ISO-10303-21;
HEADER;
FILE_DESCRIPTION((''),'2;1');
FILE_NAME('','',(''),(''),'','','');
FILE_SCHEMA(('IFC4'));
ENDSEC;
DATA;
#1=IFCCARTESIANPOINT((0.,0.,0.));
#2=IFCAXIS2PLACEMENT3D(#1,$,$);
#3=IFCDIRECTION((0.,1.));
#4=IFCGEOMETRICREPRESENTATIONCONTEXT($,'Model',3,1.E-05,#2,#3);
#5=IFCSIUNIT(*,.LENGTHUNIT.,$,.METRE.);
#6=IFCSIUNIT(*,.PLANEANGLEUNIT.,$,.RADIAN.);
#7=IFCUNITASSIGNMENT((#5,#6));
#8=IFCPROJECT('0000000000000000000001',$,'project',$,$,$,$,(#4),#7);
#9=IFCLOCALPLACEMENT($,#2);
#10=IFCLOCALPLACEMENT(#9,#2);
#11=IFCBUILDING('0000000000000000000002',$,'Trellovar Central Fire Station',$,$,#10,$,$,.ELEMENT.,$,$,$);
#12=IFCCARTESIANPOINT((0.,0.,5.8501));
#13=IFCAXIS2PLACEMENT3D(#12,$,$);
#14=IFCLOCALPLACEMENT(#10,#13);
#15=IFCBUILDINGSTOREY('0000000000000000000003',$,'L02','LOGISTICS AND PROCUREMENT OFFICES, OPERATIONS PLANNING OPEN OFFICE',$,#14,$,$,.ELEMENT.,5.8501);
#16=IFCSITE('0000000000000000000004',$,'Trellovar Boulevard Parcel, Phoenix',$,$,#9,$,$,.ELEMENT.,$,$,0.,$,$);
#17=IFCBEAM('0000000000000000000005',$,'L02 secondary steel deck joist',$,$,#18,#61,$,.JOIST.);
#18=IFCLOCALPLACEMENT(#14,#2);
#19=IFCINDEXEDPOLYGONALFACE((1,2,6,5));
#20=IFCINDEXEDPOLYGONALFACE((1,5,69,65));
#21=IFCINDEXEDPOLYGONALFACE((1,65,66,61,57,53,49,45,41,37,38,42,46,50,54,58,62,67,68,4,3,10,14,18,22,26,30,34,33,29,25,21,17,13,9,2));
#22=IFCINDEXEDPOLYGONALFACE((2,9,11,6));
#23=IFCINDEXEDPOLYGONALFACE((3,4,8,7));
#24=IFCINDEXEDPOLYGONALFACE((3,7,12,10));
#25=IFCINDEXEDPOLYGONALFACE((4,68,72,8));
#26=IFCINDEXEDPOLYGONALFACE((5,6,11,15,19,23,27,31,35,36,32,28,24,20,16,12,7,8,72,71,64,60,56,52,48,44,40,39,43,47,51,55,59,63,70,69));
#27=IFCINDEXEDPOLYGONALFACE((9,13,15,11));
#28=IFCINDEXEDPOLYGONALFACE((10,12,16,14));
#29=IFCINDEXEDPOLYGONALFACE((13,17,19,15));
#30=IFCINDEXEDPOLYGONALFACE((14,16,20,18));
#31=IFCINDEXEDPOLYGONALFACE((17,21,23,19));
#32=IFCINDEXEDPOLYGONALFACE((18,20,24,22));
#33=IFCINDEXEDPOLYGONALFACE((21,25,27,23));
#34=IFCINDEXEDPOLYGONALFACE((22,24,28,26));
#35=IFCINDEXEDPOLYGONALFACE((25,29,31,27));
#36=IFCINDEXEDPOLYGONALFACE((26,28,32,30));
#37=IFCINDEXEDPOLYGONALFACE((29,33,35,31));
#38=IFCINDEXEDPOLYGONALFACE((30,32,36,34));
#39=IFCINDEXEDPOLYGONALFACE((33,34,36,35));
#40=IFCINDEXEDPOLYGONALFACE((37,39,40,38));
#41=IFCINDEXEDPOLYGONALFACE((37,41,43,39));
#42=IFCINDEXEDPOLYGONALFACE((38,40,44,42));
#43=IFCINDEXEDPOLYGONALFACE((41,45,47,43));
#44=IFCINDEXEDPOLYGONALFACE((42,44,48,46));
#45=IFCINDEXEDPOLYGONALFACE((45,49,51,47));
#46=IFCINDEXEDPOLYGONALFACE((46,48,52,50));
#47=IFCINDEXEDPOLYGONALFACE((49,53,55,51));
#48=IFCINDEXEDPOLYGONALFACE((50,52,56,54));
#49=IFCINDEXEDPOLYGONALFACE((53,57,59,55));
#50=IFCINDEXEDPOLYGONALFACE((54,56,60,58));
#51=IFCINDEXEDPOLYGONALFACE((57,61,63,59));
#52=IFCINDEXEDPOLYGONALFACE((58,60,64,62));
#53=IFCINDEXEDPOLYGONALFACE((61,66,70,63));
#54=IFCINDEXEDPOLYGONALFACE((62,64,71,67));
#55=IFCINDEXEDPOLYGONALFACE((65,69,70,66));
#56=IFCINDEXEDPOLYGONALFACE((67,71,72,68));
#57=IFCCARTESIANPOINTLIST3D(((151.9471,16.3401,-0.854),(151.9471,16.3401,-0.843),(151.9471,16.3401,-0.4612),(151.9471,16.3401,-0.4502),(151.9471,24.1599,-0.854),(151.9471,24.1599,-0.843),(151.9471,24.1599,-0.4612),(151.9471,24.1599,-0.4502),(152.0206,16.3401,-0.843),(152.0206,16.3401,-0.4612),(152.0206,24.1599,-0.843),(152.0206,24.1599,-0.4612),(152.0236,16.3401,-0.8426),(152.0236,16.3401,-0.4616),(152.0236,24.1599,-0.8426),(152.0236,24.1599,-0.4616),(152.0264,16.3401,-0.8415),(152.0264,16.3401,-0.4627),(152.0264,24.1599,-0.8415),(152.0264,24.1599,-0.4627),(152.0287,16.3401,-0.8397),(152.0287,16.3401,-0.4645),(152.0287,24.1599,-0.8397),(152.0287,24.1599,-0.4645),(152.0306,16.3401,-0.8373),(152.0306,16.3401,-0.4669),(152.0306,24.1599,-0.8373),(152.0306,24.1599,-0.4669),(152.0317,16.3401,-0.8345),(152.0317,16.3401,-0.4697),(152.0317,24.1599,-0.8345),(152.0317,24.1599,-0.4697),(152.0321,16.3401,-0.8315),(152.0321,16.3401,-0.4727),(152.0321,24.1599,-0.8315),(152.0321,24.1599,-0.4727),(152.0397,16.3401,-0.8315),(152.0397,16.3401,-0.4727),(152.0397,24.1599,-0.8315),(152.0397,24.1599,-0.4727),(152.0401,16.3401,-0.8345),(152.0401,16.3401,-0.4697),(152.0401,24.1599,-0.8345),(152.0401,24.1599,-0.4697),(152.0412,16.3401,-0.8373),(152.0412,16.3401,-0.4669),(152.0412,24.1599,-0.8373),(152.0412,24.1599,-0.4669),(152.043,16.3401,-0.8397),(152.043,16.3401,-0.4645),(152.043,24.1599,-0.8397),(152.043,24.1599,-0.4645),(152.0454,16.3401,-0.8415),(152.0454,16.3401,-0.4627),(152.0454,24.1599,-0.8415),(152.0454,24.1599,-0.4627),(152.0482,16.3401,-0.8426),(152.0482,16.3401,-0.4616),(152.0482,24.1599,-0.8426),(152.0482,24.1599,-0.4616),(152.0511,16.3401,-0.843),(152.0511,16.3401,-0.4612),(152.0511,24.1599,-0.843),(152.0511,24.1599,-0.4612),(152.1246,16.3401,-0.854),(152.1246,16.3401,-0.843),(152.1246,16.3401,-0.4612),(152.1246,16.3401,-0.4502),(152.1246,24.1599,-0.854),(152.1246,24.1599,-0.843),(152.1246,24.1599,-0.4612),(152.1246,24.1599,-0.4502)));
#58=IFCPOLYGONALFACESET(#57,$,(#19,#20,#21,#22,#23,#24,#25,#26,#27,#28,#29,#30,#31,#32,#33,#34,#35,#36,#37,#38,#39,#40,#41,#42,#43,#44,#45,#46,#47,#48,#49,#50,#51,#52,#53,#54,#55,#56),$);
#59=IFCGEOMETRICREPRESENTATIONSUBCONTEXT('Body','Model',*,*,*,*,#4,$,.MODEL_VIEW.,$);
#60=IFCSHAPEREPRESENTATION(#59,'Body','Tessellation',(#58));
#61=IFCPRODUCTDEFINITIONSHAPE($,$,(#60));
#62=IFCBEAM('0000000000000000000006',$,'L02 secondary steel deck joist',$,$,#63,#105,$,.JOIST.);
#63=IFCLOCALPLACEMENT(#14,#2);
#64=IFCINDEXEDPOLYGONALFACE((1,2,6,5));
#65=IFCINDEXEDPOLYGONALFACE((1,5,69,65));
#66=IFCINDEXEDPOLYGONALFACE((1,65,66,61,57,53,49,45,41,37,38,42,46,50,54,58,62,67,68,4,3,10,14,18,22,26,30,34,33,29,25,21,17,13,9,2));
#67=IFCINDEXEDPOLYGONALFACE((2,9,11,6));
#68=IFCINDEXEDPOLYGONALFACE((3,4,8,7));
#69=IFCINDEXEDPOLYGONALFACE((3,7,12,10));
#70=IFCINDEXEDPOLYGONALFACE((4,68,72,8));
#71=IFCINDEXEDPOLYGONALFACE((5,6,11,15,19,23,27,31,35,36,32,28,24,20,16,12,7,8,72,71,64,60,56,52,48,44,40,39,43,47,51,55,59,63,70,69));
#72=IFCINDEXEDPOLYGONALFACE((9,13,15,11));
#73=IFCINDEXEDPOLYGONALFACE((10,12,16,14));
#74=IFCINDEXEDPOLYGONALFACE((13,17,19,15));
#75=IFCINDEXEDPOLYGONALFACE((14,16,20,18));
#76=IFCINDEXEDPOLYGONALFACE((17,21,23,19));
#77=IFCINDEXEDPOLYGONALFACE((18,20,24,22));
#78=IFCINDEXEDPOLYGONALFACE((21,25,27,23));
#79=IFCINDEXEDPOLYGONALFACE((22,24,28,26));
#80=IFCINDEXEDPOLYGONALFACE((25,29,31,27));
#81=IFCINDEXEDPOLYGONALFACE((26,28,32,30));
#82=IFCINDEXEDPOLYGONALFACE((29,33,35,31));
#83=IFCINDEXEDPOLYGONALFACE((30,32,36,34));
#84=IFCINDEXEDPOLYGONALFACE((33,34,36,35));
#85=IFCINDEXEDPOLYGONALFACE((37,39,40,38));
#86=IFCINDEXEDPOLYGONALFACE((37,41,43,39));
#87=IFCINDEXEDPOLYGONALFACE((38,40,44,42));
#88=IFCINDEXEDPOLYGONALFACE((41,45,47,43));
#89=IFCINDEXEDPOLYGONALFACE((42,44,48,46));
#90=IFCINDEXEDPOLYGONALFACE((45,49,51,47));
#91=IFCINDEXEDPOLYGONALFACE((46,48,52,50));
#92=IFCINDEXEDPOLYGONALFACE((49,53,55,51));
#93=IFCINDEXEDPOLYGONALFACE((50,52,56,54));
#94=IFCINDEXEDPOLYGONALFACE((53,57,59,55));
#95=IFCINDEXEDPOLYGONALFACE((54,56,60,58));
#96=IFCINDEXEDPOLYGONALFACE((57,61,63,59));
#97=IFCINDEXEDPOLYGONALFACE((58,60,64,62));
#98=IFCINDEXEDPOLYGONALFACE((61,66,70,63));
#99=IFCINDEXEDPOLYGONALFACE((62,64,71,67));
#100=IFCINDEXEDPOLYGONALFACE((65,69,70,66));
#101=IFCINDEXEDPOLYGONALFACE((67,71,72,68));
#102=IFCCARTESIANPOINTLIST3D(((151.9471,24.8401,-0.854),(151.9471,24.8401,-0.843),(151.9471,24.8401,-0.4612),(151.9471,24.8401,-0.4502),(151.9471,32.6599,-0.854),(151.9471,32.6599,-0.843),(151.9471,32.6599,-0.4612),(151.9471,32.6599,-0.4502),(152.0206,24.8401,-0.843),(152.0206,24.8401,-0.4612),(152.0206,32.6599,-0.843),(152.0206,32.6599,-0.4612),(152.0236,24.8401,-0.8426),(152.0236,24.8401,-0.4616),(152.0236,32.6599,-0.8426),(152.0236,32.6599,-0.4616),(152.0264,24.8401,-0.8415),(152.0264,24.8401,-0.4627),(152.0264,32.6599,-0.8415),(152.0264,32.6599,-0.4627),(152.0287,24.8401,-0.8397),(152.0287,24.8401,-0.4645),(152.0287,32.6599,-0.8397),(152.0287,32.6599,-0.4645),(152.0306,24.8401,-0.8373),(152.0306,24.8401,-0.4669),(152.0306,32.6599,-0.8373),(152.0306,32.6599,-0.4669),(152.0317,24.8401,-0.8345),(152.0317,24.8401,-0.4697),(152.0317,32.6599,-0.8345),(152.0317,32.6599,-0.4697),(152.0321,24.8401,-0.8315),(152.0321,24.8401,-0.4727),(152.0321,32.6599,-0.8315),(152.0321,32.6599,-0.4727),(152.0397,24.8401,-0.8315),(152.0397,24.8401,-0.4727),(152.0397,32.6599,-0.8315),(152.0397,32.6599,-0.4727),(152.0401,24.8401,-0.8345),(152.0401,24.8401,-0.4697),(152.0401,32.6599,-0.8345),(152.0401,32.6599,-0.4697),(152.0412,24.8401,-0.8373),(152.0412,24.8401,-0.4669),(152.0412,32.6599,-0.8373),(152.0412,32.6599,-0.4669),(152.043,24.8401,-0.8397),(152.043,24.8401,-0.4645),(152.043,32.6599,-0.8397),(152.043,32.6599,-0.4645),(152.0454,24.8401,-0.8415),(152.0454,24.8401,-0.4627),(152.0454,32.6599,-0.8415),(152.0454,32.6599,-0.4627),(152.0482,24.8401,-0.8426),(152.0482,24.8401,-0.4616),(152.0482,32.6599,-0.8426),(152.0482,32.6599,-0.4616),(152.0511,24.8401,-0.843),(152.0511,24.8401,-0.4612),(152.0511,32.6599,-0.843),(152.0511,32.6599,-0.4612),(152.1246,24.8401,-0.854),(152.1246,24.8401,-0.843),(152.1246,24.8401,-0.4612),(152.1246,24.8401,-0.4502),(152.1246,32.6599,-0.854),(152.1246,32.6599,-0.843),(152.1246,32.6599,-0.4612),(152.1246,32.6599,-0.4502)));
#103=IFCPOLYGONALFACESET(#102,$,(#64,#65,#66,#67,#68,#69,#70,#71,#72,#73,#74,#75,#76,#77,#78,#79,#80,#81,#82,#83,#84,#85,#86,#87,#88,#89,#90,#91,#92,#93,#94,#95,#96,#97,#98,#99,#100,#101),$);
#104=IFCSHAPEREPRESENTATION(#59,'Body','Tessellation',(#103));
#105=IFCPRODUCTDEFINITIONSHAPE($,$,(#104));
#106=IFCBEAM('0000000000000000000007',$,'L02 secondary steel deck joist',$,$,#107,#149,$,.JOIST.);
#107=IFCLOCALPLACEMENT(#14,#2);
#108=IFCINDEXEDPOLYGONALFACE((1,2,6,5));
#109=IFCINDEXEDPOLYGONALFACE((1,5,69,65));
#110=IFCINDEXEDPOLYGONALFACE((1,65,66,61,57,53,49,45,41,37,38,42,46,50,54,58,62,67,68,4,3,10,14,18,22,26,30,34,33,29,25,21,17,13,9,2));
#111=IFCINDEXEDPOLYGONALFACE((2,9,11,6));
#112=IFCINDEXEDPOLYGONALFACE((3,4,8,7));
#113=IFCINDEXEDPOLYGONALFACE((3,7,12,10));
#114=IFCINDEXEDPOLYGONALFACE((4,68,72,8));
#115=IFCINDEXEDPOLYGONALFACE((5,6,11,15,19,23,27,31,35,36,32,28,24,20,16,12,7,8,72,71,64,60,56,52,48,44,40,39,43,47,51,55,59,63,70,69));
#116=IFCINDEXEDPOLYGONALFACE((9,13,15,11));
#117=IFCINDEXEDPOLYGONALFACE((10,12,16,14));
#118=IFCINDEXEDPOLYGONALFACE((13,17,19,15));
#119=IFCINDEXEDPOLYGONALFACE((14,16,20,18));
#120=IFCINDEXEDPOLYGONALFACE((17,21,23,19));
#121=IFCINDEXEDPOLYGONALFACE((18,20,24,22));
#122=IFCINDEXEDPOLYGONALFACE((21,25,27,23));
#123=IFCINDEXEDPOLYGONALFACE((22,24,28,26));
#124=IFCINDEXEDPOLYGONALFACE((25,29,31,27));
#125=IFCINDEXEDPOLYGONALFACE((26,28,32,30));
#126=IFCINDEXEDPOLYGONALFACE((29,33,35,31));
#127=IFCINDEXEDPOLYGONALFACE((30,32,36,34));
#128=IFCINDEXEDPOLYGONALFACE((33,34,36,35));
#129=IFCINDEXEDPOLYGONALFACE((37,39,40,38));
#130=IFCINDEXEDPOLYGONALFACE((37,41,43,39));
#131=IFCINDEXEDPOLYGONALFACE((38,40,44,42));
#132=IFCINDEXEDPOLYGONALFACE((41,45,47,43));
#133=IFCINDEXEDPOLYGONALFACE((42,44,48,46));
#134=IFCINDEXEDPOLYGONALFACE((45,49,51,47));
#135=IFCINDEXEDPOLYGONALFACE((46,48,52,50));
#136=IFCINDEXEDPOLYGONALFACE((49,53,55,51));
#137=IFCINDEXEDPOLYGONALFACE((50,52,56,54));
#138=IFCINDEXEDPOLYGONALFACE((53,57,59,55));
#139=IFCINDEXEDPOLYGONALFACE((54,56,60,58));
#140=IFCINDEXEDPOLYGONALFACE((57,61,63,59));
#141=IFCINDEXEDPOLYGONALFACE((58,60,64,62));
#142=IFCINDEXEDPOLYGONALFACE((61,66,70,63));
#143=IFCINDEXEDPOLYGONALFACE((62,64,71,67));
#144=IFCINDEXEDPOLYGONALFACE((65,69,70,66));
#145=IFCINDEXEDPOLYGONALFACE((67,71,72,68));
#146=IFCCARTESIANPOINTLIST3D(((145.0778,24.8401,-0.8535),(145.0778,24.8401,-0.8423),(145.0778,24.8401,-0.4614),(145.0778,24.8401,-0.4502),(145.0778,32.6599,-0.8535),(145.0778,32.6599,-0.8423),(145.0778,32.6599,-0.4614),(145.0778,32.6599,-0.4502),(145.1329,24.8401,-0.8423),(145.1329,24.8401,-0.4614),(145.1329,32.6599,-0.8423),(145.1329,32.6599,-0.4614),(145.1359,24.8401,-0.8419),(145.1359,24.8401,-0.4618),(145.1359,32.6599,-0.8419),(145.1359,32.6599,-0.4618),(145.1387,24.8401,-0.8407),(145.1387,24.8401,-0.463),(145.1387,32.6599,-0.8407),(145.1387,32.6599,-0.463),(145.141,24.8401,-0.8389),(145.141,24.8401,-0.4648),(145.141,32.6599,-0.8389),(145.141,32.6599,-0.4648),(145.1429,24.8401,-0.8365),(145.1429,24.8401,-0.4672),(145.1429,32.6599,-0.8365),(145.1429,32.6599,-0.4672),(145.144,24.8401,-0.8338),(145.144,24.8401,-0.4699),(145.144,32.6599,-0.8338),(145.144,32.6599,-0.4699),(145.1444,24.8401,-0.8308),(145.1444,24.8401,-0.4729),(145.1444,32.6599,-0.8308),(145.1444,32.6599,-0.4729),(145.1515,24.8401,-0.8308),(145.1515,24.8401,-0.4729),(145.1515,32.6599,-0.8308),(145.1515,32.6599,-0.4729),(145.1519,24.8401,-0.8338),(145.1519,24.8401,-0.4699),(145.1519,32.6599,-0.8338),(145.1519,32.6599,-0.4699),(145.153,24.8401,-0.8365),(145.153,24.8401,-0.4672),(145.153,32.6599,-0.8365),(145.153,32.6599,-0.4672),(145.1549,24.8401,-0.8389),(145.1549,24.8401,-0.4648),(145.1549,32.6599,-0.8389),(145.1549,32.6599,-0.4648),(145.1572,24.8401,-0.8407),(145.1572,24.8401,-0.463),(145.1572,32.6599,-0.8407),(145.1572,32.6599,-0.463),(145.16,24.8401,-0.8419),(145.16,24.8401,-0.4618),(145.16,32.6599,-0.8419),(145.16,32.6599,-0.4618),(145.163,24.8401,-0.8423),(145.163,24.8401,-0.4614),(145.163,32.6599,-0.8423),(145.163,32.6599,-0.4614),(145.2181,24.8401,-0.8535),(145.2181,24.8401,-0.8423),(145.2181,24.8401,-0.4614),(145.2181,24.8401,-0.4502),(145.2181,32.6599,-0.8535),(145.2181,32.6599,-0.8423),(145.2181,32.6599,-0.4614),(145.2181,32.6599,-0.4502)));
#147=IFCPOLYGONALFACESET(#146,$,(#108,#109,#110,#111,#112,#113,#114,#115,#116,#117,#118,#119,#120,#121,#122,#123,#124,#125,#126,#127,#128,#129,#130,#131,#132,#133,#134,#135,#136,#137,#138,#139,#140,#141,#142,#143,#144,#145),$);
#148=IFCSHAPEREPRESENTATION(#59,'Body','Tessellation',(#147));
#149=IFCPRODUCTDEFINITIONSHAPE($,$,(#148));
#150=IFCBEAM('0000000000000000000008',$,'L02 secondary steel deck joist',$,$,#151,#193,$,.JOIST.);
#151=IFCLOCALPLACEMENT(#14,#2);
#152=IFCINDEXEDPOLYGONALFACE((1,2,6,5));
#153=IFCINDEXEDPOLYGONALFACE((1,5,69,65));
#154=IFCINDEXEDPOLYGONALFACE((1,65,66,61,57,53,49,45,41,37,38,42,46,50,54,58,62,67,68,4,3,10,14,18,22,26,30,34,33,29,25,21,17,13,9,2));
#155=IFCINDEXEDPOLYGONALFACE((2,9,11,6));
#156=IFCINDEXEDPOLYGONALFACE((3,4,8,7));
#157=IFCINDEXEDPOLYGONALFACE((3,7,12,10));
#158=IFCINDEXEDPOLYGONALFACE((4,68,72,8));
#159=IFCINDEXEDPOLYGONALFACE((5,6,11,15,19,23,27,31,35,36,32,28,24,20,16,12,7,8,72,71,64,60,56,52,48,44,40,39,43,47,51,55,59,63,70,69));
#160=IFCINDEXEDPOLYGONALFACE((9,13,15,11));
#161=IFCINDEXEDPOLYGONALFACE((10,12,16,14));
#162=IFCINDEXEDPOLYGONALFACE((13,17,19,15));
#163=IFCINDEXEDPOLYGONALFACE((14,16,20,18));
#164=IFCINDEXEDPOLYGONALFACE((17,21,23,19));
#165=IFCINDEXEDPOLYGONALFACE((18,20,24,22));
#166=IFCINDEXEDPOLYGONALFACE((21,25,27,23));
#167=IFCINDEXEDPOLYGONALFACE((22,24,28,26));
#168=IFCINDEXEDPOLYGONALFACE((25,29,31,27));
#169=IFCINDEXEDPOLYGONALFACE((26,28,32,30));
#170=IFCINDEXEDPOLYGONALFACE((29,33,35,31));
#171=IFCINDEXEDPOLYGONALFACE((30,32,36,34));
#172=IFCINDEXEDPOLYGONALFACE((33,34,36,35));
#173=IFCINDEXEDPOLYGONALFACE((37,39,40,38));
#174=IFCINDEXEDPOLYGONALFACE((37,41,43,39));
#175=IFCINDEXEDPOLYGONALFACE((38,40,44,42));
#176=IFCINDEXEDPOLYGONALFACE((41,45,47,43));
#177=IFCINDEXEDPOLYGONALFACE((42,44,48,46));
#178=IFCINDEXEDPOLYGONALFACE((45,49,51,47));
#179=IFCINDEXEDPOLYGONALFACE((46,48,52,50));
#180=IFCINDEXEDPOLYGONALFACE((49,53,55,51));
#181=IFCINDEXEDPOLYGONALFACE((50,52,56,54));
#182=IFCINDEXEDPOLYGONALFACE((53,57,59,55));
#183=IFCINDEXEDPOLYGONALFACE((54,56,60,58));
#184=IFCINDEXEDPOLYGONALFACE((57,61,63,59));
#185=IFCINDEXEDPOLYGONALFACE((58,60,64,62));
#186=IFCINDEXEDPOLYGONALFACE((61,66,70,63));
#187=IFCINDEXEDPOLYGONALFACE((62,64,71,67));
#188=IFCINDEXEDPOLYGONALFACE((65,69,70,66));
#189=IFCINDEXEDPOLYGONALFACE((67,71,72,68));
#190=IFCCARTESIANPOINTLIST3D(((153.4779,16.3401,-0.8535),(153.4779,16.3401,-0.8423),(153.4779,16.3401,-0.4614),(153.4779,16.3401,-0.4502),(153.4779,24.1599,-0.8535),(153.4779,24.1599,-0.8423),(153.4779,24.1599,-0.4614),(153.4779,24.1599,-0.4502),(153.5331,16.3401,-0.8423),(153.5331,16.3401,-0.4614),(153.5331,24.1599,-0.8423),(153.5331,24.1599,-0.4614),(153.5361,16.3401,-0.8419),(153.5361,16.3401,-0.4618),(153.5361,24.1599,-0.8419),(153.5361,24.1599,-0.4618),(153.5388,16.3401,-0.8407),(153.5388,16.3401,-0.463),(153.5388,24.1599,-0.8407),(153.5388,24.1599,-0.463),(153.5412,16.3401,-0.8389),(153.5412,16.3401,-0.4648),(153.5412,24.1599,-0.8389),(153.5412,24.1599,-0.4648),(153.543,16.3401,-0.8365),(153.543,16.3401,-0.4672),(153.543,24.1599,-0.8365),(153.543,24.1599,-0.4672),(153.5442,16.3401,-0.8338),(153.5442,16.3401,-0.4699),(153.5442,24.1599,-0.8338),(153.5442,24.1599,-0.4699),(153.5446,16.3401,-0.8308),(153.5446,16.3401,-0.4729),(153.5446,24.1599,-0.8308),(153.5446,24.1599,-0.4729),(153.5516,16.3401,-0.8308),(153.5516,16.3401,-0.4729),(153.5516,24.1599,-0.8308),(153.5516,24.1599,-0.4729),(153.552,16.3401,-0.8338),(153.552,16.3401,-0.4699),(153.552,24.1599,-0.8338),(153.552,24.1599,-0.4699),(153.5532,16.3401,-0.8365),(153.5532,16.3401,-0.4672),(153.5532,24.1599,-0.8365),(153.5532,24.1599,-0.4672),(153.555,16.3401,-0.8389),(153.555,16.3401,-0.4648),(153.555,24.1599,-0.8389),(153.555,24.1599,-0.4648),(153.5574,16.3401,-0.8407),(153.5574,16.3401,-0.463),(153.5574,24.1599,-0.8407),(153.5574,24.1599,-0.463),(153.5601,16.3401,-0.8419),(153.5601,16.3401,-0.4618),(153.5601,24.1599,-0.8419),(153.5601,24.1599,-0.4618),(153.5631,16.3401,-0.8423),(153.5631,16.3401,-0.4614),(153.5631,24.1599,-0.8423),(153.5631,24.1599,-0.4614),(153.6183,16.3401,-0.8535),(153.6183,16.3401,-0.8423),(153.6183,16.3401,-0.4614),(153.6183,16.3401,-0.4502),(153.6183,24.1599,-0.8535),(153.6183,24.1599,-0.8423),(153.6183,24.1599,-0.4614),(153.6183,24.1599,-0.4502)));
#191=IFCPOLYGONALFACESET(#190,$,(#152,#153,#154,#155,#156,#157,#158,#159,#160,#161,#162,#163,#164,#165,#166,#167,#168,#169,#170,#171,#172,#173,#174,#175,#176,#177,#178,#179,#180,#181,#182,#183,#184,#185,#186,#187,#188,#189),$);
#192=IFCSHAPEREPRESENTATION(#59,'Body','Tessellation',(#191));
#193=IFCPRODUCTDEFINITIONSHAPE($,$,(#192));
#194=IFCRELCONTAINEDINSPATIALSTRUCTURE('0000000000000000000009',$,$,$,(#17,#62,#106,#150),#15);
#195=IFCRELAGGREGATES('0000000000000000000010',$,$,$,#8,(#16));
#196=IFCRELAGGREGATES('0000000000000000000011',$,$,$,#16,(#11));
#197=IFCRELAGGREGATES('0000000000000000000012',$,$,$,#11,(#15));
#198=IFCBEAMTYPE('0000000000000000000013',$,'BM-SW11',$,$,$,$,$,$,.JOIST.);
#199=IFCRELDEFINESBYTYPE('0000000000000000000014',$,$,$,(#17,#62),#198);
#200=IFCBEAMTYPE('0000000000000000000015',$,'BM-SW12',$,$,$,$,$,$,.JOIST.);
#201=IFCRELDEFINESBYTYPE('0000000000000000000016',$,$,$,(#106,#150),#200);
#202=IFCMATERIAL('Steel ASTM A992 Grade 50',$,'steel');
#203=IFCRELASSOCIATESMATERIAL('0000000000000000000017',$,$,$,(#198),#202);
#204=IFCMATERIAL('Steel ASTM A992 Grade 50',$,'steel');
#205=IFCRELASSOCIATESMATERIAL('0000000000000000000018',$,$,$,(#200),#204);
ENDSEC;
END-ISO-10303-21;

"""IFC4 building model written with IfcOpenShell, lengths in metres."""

from ifc_helpers import new_model, si_unit, direction, frame, origin, origin_2d, place, context, subcontext, project, spatial, i_section, extrude, material, material_profile, profile_set, type_object, element, save


model = new_model("IFC4")

# Units and contexts
model_context = context("Model", 3, precision=1e-05, world=origin(), true_north=direction((0.0, 1.0)))
body_context = subcontext(model_context, "Body", "Model", "MODEL_VIEW")
ifc_project = project(units=[si_unit("LENGTHUNIT", "METRE"), si_unit("PLANEANGLEUNIT", "RADIAN")], contexts=[model_context])

# Site, building, storey
site_placement = place(None, origin())
site = spatial("IfcSite", under=ifc_project, at=site_placement, Name="Trellovar Boulevard Parcel, Phoenix", CompositionType="ELEMENT", RefElevation=0.0)
building_placement = place(site_placement, origin())
building = spatial("IfcBuilding", under=site, at=building_placement, Name="Trellovar Central Fire Station", CompositionType="ELEMENT")
storey_placement = place(building_placement, frame((0.0, 0.0, 5.8501)))
storey = spatial("IfcBuildingStorey", under=building, at=storey_placement, Name="L02", Description="LOGISTICS AND PROCUREMENT OFFICES, OPERATIONS PLANNING OPEN OFFICE", CompositionType="ELEMENT", Elevation=5.8501)

# Beams
ifc_material_1 = material(Name="Steel ASTM A992 Grade 50", Category="steel")
ifc_material_profile_1 = material_profile(ifc_material_1, i_section(OverallWidth=0.1775, OverallDepth=0.4038, WebThickness=0.0076, FlangeThickness=0.011, FilletRadius=0.0115, at=origin_2d()), Name="W16X36")
ifc_profile_set_1 = profile_set([ifc_material_profile_1], Name="Steel ASTM A992 Grade 50")
beam_type_1 = type_object("IfcBeamType", Name="BM-SW11", PredefinedType="JOIST", material=ifc_profile_set_1)
for number, where, z_axis, x_axis, name in (
    (1, (152.0359, 16.3401, -0.6521), (0.0, 1.0, 0.0), (-1.0, 0.0, 0.0), "L02 secondary steel deck joist"),
    (2, (152.0359, 24.8401, -0.6521), (0.0, 1.0, 0.0), (-1.0, 0.0, 0.0), "L02 secondary steel deck joist"),
):
    element("IfcBeam", number, at=place(storey_placement, frame(where, z_axis=z_axis, x_axis=x_axis)), inside=storey, type_object=beam_type_1, Name=name, PredefinedType="JOIST", context=body_context, shape_type="SweptSolid", body=[
        extrude(i_section(OverallWidth=0.1775, OverallDepth=0.4038, WebThickness=0.0076, FlangeThickness=0.011, FilletRadius=0.0115, at=origin_2d()), origin(), (0.0, 0.0, 1.0), 7.8198),
    ])
ifc_material_2 = material(Name="Steel ASTM A992 Grade 50", Category="steel")
ifc_material_profile_2 = material_profile(ifc_material_2, i_section(OverallWidth=0.1404, OverallDepth=0.4033, WebThickness=0.0071, FlangeThickness=0.0112, FilletRadius=0.0115, at=origin_2d()), Name="W16X31")
ifc_profile_set_2 = profile_set([ifc_material_profile_2], Name="Steel ASTM A992 Grade 50")
beam_type_2 = type_object("IfcBeamType", Name="BM-SW12", PredefinedType="JOIST", material=ifc_profile_set_2)
for number, where, z_axis, x_axis, name in (
    (3, (145.1479, 24.8401, -0.6519), (0.0, 1.0, 0.0), (-1.0, 0.0, 0.0), "L02 secondary steel deck joist"),
    (4, (153.5481, 16.3401, -0.6519), (0.0, 1.0, 0.0), (-1.0, 0.0, 0.0), "L02 secondary steel deck joist"),
):
    element("IfcBeam", number, at=place(storey_placement, frame(where, z_axis=z_axis, x_axis=x_axis)), inside=storey, type_object=beam_type_2, Name=name, PredefinedType="JOIST", context=body_context, shape_type="SweptSolid", body=[
        extrude(i_section(OverallWidth=0.1404, OverallDepth=0.4033, WebThickness=0.0071, FlangeThickness=0.0112, FilletRadius=0.0115, at=origin_2d()), origin(), (0.0, 0.0, 1.0), 7.8198),
    ])

save(model, "model.ifc")
